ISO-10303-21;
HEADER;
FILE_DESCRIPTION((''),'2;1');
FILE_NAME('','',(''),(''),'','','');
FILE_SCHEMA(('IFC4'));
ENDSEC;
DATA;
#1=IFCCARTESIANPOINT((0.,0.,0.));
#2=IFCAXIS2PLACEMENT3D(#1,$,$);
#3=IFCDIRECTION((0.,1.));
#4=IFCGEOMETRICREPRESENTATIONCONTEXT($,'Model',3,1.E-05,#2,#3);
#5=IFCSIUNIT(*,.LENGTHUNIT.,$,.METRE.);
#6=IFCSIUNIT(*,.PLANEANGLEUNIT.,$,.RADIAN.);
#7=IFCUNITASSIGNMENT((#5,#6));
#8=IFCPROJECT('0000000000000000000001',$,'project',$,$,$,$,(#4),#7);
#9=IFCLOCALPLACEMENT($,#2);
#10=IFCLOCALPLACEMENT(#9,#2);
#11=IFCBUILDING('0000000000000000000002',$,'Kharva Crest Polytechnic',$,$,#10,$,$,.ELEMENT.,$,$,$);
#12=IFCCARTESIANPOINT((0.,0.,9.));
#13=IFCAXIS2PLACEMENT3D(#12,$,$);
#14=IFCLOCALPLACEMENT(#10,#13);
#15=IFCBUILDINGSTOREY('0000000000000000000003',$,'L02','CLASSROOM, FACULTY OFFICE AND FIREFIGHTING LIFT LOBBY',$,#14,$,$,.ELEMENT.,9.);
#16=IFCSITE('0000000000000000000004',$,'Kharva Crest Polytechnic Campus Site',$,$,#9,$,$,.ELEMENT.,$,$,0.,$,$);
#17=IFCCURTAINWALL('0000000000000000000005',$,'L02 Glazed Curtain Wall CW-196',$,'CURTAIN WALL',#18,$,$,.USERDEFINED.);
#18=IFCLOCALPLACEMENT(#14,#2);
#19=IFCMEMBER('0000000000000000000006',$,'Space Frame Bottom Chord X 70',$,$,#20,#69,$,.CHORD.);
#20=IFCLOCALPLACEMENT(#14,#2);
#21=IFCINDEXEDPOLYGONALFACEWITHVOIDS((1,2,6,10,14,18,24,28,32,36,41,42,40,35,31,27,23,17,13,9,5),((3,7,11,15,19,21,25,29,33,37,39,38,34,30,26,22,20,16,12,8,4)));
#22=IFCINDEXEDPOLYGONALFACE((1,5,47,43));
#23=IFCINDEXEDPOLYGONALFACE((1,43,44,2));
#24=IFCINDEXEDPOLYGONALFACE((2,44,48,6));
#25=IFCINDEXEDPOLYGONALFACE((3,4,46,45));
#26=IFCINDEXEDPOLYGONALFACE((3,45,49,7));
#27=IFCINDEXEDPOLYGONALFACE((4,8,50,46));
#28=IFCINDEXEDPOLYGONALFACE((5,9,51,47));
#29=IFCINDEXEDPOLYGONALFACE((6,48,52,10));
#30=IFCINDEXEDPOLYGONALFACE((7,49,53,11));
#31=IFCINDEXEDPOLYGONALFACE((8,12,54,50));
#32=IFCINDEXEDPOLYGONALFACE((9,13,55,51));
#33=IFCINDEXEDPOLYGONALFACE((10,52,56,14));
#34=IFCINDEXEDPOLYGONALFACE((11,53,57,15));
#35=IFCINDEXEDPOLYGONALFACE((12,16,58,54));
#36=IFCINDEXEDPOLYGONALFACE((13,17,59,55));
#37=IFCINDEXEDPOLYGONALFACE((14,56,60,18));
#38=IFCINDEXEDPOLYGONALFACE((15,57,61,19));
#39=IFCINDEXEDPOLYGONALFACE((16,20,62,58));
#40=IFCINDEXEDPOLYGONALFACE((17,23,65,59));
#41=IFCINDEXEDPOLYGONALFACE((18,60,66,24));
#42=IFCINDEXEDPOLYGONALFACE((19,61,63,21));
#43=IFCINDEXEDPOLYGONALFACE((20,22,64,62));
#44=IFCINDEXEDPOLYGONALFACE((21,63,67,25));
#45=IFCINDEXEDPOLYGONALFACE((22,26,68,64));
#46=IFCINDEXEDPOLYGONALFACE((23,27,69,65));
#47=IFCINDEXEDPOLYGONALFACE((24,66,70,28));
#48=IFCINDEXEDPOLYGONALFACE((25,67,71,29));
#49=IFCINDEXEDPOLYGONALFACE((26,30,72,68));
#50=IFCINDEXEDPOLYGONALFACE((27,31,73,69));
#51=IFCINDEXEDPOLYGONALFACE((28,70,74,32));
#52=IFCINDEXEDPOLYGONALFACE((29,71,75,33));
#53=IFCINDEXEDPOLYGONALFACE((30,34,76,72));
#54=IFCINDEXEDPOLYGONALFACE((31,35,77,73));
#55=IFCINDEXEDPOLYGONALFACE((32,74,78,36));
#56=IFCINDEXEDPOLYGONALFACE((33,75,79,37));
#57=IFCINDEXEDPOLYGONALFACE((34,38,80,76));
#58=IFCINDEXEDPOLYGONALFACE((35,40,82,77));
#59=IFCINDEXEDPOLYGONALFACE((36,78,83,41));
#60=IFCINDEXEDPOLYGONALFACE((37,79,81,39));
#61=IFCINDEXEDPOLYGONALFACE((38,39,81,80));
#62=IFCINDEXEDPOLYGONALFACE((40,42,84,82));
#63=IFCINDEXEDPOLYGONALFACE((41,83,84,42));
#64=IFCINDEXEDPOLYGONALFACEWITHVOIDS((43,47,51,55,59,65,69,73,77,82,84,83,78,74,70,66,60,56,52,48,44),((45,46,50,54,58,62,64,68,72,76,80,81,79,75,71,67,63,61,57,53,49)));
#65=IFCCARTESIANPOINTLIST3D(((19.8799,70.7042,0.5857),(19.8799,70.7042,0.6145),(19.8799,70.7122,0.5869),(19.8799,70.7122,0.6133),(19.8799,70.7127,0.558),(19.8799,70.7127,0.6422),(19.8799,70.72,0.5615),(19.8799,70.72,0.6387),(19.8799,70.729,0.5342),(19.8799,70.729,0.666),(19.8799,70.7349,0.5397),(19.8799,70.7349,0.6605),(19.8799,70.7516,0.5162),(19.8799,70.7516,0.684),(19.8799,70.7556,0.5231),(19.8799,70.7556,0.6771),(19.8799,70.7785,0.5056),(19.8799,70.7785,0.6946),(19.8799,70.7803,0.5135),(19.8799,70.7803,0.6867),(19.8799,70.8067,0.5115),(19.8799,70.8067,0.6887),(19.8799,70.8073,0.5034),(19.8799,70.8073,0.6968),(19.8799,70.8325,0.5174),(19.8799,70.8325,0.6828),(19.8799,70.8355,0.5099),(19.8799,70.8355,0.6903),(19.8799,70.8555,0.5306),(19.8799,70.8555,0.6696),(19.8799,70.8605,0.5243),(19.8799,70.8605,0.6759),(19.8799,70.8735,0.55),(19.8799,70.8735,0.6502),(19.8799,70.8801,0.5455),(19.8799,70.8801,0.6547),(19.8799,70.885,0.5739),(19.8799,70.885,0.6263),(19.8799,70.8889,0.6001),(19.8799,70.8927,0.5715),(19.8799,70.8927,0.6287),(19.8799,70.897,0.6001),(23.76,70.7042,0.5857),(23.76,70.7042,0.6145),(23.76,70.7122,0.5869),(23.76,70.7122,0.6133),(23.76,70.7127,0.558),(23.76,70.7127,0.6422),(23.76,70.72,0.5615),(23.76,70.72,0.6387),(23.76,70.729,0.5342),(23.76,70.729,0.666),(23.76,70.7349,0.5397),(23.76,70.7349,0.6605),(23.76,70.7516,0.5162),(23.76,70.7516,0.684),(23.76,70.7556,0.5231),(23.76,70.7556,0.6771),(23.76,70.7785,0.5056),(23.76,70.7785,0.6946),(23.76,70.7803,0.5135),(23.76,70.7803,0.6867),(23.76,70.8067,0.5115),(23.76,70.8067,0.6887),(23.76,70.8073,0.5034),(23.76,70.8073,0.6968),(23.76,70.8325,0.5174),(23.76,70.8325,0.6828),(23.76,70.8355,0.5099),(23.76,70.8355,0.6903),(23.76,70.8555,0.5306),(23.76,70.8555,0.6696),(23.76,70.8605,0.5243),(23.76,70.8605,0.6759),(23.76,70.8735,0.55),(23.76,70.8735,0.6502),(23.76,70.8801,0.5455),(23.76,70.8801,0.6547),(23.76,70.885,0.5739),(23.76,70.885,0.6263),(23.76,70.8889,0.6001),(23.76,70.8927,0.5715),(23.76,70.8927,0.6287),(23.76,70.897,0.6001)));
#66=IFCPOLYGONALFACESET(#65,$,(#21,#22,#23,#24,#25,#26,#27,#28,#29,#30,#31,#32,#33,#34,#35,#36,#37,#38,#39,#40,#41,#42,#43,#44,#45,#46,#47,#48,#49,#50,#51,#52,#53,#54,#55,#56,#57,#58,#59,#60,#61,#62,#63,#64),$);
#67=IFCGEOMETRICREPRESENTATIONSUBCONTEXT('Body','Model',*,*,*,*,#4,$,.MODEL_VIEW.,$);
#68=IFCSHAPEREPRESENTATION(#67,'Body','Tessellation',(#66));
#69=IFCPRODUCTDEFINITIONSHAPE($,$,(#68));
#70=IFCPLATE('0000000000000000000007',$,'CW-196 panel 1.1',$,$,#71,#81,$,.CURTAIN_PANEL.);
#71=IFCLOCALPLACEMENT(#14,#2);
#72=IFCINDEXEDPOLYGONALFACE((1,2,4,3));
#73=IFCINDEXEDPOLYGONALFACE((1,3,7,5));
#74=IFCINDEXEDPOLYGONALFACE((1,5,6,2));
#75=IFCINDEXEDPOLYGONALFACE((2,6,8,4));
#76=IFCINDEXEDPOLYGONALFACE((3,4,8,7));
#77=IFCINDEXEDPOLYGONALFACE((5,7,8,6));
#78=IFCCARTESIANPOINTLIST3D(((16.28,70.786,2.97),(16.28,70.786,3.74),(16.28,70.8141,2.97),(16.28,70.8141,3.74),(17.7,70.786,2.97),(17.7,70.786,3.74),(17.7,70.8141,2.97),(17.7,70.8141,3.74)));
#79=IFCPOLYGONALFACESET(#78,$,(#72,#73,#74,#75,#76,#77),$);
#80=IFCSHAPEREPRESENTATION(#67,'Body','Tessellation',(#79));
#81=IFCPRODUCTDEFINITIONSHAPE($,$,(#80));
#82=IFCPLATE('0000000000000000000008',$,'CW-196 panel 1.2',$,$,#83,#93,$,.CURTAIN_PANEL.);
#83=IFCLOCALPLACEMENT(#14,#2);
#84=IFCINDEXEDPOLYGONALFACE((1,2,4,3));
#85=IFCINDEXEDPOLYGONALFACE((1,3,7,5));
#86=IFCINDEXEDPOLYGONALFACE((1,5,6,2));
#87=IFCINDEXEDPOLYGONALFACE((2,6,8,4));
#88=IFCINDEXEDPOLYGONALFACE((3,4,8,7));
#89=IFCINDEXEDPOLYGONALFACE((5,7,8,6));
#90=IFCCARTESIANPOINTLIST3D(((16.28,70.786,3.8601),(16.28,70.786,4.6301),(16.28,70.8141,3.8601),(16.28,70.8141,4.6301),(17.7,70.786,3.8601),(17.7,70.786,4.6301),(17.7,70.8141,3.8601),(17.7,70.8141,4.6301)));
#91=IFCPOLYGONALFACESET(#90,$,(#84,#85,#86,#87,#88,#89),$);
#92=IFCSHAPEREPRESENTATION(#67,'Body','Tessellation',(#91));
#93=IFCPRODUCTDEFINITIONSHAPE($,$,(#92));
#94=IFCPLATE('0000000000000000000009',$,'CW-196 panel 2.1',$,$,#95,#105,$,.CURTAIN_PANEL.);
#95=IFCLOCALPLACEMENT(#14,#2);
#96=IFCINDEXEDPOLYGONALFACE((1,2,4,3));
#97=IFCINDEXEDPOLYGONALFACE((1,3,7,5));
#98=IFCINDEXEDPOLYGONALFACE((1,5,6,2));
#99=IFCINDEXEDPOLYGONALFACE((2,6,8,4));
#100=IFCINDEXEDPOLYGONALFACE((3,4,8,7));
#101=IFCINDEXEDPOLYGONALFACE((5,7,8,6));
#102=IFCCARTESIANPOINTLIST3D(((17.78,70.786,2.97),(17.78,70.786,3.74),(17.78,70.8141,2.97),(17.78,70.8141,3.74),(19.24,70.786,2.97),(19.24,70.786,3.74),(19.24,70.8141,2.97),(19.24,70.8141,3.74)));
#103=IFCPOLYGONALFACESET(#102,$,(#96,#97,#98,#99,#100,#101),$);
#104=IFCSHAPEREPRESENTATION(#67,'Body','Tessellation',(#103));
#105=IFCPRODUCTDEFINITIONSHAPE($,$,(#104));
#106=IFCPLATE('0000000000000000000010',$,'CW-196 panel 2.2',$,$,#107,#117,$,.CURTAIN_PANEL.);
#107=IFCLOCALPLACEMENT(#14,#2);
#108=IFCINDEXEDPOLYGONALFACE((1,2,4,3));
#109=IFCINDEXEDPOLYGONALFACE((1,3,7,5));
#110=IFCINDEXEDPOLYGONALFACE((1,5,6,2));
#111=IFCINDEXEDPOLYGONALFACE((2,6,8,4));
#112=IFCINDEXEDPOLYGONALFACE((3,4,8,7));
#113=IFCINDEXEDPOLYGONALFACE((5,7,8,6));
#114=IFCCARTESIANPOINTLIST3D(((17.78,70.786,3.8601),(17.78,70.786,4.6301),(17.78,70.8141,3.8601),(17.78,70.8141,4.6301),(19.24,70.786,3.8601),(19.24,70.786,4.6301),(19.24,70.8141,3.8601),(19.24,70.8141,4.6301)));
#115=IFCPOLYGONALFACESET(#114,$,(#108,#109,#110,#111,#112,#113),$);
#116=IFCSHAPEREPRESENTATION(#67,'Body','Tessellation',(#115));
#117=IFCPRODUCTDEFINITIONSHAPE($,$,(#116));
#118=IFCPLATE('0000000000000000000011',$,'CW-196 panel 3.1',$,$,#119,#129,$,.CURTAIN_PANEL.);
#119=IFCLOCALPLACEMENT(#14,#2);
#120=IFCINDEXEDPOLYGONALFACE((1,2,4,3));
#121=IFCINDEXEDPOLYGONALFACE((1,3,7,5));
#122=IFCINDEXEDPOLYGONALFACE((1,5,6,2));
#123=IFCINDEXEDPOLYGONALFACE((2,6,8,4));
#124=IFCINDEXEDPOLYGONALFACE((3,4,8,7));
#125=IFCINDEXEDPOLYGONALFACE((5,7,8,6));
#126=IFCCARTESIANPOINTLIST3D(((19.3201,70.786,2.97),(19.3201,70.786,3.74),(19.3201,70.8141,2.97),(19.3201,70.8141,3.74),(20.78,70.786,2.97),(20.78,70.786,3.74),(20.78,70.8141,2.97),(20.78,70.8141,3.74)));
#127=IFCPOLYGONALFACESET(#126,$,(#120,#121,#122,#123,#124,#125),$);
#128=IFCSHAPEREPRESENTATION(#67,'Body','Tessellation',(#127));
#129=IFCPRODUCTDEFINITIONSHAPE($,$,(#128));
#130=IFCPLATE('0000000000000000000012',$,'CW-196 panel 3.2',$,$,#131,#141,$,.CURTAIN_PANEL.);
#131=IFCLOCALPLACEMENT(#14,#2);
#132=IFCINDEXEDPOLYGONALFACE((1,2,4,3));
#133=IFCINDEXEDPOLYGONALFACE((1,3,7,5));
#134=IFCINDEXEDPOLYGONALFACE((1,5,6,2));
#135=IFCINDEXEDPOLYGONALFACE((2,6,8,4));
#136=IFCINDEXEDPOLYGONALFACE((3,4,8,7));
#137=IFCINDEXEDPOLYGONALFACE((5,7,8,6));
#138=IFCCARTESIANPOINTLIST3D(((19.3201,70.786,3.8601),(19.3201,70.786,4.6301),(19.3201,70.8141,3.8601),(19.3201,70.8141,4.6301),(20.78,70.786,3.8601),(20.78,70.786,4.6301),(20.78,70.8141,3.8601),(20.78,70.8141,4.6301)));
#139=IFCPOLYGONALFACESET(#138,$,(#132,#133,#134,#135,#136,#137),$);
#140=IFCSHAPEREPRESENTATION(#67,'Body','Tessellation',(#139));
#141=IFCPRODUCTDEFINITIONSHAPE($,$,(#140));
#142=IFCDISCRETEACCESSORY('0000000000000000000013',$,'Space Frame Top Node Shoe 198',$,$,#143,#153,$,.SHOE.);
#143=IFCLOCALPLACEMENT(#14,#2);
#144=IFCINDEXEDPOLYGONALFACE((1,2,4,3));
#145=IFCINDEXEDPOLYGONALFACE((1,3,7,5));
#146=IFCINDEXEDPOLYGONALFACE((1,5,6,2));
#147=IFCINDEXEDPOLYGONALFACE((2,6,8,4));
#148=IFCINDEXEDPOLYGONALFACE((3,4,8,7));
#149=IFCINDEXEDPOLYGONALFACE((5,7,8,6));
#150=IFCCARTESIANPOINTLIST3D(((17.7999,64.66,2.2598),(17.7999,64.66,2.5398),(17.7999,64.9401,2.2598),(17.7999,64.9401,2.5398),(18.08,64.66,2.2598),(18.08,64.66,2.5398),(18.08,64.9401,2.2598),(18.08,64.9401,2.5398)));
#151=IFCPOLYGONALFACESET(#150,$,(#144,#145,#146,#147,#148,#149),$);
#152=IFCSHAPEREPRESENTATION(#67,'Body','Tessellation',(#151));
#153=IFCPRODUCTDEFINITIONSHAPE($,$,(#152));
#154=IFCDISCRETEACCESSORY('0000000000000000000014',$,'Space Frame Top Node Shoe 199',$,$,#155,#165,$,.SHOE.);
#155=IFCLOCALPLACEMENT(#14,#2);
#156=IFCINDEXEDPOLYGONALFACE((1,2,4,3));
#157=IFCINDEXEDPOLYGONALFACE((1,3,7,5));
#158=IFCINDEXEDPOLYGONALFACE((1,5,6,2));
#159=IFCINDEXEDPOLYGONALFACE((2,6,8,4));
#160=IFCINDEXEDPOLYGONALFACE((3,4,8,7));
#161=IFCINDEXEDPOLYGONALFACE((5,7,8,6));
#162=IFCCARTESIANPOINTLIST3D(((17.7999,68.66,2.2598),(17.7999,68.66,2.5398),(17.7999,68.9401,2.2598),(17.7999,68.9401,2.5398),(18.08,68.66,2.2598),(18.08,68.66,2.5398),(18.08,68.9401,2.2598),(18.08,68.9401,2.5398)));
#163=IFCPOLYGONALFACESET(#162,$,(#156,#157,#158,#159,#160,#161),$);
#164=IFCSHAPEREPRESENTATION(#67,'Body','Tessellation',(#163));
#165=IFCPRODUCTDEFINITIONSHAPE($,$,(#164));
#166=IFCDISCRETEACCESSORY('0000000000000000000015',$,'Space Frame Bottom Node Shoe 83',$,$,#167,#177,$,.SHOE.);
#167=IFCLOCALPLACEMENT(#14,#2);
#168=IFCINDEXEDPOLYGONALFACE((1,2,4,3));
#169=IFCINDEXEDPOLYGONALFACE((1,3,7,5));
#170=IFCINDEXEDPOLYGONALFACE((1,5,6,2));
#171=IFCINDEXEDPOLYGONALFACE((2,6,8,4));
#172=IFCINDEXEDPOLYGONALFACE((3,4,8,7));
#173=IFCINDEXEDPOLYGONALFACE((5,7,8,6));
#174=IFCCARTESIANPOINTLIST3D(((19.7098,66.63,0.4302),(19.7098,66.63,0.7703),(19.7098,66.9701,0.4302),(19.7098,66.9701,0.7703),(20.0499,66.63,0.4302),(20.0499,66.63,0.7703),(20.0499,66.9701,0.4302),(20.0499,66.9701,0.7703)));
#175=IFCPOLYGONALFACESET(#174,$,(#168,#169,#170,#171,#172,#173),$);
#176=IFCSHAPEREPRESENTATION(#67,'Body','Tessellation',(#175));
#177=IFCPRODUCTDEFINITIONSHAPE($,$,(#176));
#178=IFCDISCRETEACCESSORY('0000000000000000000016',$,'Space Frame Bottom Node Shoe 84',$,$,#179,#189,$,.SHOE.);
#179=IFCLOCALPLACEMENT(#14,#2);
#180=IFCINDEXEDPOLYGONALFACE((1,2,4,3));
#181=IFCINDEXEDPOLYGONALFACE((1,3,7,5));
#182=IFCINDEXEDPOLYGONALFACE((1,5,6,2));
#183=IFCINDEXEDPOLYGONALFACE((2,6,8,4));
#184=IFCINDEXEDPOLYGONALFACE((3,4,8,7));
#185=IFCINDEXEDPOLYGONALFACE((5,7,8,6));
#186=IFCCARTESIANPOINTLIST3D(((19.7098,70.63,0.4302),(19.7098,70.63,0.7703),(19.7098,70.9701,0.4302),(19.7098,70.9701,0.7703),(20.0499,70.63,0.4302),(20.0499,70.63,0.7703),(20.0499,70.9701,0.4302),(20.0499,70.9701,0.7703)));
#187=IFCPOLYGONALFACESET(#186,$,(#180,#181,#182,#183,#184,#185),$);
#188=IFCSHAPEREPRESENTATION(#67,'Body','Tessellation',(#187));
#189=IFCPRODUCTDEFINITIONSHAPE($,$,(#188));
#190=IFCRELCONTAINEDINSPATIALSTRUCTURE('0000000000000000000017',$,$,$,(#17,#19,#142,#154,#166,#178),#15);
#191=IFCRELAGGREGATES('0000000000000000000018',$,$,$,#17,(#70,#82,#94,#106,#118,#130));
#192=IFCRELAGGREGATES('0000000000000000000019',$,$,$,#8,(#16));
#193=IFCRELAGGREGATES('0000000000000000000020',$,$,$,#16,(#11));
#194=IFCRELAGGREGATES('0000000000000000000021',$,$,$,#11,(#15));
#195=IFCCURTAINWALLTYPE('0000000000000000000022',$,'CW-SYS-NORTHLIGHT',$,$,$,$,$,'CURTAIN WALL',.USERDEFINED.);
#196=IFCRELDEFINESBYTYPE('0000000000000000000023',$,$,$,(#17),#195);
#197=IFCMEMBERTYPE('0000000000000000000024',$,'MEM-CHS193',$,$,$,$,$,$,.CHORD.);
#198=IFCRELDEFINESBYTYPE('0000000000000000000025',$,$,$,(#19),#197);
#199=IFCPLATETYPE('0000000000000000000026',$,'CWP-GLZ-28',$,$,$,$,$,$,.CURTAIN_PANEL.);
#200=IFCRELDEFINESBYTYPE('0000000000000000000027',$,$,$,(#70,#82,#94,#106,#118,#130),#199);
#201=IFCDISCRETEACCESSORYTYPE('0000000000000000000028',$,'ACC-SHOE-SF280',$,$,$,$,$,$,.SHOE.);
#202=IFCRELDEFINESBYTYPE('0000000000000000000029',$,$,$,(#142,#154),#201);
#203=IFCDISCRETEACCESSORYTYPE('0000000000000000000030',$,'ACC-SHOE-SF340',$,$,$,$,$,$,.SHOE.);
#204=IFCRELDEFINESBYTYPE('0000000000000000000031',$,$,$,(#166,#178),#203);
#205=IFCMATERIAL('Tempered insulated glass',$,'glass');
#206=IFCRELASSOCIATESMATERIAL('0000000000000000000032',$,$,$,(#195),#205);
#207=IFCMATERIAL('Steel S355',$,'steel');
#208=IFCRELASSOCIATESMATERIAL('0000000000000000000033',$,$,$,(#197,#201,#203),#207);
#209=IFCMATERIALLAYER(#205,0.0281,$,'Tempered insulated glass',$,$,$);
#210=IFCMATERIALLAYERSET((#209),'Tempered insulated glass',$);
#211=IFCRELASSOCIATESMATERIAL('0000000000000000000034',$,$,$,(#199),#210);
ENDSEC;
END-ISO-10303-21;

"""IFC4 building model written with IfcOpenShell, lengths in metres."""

from ifc_helpers import new_model, si_unit, direction, frame, origin, origin_2d, place, context, subcontext, project, spatial, rectangle, hollow_circle, extrude, material, layer, layer_set, material_profile, profile_set, type_object, element, aggregate, save


model = new_model("IFC4")

# Units and contexts
model_context = context("Model", 3, precision=1e-05, world=origin(), true_north=direction((0.0, 1.0)))
body_context = subcontext(model_context, "Body", "Model", "MODEL_VIEW")
ifc_project = project(units=[si_unit("LENGTHUNIT", "METRE"), si_unit("PLANEANGLEUNIT", "RADIAN")], contexts=[model_context])

# Site, building, storey
site_placement = place(None, origin())
site = spatial("IfcSite", under=ifc_project, at=site_placement, Name="Kharva Crest Polytechnic Campus Site", CompositionType="ELEMENT", RefElevation=0.0)
building_placement = place(site_placement, origin())
building = spatial("IfcBuilding", under=site, at=building_placement, Name="Kharva Crest Polytechnic", CompositionType="ELEMENT")
storey_placement = place(building_placement, frame((0.0, 0.0, 9.0)))
storey = spatial("IfcBuildingStorey", under=building, at=storey_placement, Name="L02", Description="CLASSROOM, FACULTY OFFICE AND FIREFIGHTING LIFT LOBBY", CompositionType="ELEMENT", Elevation=9.0)

# Curtain wall
ifc_material_1 = material(Name="Tempered insulated glass", Category="glass")
curtain_wall_type = type_object("IfcCurtainWallType", Name="CW-SYS-NORTHLIGHT", ElementType="CURTAIN WALL", PredefinedType="USERDEFINED", material=ifc_material_1)
curtain_wall_placement = place(storey_placement, origin())
curtain_wall = element("IfcCurtainWall", 1, at=curtain_wall_placement, inside=storey, type_object=curtain_wall_type, Name="L02 Glazed Curtain Wall CW-196", ObjectType="CURTAIN WALL", PredefinedType="USERDEFINED")
ifc_material_2 = material(Name="Steel S355", Category="steel")

# Member
ifc_material_profile_1 = material_profile(ifc_material_2, hollow_circle(Radius=0.0969, WallThickness=0.0081, at=origin_2d()), Name="CHS 193.7X8.0")
ifc_profile_set_1 = profile_set([ifc_material_profile_1], Name="Steel S355")
member_type_1 = type_object("IfcMemberType", Name="MEM-CHS193", PredefinedType="CHORD", material=ifc_profile_set_1)
for number, where, z_axis, x_axis, name in (
    (2, (19.8799, 70.8, 0.6001), (1.0, 0.0, 0.0), (0.0, 1.0, 0.0), "Space Frame Bottom Chord X 70"),
):
    element("IfcMember", number, at=place(storey_placement, frame(where, z_axis=z_axis, x_axis=x_axis)), inside=storey, type_object=member_type_1, Name=name, PredefinedType="CHORD", context=body_context, shape_type="SweptSolid", body=[
        extrude(hollow_circle(Radius=0.0969, WallThickness=0.0081, at=origin_2d()), origin(), (0.0, 0.0, 1.0), 3.8801),
    ])

# Plates
ifc_layer = layer(ifc_material_1, 0.0281, Name="Tempered insulated glass")
ifc_layer_set = layer_set([ifc_layer], Name="Tempered insulated glass")
plate_type = type_object("IfcPlateType", Name="CWP-GLZ-28", PredefinedType="CURTAIN_PANEL", material=ifc_layer_set)
plate_1_placement = place(storey_placement, frame((16.99, 70.8, 2.97), z_axis=(0.0, 0.0, 1.0), x_axis=(1.0, 0.0, 0.0)))
plate_1 = element("IfcPlate", 3, at=plate_1_placement, type_object=plate_type, Name="CW-196 panel 1.1", PredefinedType="CURTAIN_PANEL", context=body_context, shape_type="SweptSolid", body=[
    extrude(rectangle(XDim=1.4199, YDim=0.0281, at=origin_2d()), origin(), (0.0, 0.0, 1.0), 0.77),
])
plate_2_placement = place(storey_placement, frame((16.99, 70.8, 3.8601), z_axis=(0.0, 0.0, 1.0), x_axis=(1.0, 0.0, 0.0)))
plate_2 = element("IfcPlate", 4, at=plate_2_placement, type_object=plate_type, Name="CW-196 panel 1.2", PredefinedType="CURTAIN_PANEL", context=body_context, shape_type="SweptSolid", body=[
    extrude(rectangle(XDim=1.4199, YDim=0.0281, at=origin_2d()), origin(), (0.0, 0.0, 1.0), 0.77),
])
plate_3_placement = place(storey_placement, frame((18.51, 70.8, 2.97), z_axis=(0.0, 0.0, 1.0), x_axis=(1.0, 0.0, 0.0)))
plate_3 = element("IfcPlate", 5, at=plate_3_placement, type_object=plate_type, Name="CW-196 panel 2.1", PredefinedType="CURTAIN_PANEL", context=body_context, shape_type="SweptSolid", body=[
    extrude(rectangle(XDim=1.46, YDim=0.0281, at=origin_2d()), origin(), (0.0, 0.0, 1.0), 0.77),
])
plate_4_placement = place(storey_placement, frame((18.51, 70.8, 3.8601), z_axis=(0.0, 0.0, 1.0), x_axis=(1.0, 0.0, 0.0)))
plate_4 = element("IfcPlate", 6, at=plate_4_placement, type_object=plate_type, Name="CW-196 panel 2.2", PredefinedType="CURTAIN_PANEL", context=body_context, shape_type="SweptSolid", body=[
    extrude(rectangle(XDim=1.46, YDim=0.0281, at=origin_2d()), origin(), (0.0, 0.0, 1.0), 0.77),
])
plate_5_placement = place(storey_placement, frame((20.05, 70.8, 2.97), z_axis=(0.0, 0.0, 1.0), x_axis=(1.0, 0.0, 0.0)))
plate_5 = element("IfcPlate", 7, at=plate_5_placement, type_object=plate_type, Name="CW-196 panel 3.1", PredefinedType="CURTAIN_PANEL", context=body_context, shape_type="SweptSolid", body=[
    extrude(rectangle(XDim=1.46, YDim=0.0281, at=origin_2d()), origin(), (0.0, 0.0, 1.0), 0.77),
])
plate_6_placement = place(storey_placement, frame((20.05, 70.8, 3.8601), z_axis=(0.0, 0.0, 1.0), x_axis=(1.0, 0.0, 0.0)))
plate_6 = element("IfcPlate", 8, at=plate_6_placement, type_object=plate_type, Name="CW-196 panel 3.2", PredefinedType="CURTAIN_PANEL", context=body_context, shape_type="SweptSolid", body=[
    extrude(rectangle(XDim=1.46, YDim=0.0281, at=origin_2d()), origin(), (0.0, 0.0, 1.0), 0.77),
])
aggregate(curtain_wall, [plate_1, plate_2, plate_3, plate_4, plate_5, plate_6])

# Discrete accessories
discrete_accessory_type_1 = type_object("IfcDiscreteAccessoryType", Name="ACC-SHOE-SF280", PredefinedType="SHOE", material=ifc_material_2)
for number, where, z_axis, x_axis, name in (
    (9, (17.9399, 64.8, 2.2598), (0.0, 0.0, 1.0), (1.0, 0.0, 0.0), "Space Frame Top Node Shoe 198"),
    (10, (17.9399, 68.8, 2.2598), (0.0, 0.0, 1.0), (1.0, 0.0, 0.0), "Space Frame Top Node Shoe 199"),
):
    element("IfcDiscreteAccessory", number, at=place(storey_placement, frame(where, z_axis=z_axis, x_axis=x_axis)), inside=storey, type_object=discrete_accessory_type_1, Name=name, PredefinedType="SHOE", context=body_context, shape_type="SweptSolid", body=[
        extrude(rectangle(XDim=0.28, YDim=0.28, at=origin_2d()), origin(), (0.0, 0.0, 1.0), 0.28),
    ])
discrete_accessory_type_2 = type_object("IfcDiscreteAccessoryType", Name="ACC-SHOE-SF340", PredefinedType="SHOE", material=ifc_material_2)
for number, where, z_axis, x_axis, name in (
    (11, (19.8799, 66.8, 0.4302), (0.0, 0.0, 1.0), (1.0, 0.0, 0.0), "Space Frame Bottom Node Shoe 83"),
    (12, (19.8799, 70.8, 0.4302), (0.0, 0.0, 1.0), (1.0, 0.0, 0.0), "Space Frame Bottom Node Shoe 84"),
):
    element("IfcDiscreteAccessory", number, at=place(storey_placement, frame(where, z_axis=z_axis, x_axis=x_axis)), inside=storey, type_object=discrete_accessory_type_2, Name=name, PredefinedType="SHOE", context=body_context, shape_type="SweptSolid", body=[
        extrude(rectangle(XDim=0.3401, YDim=0.3401, at=origin_2d()), origin(), (0.0, 0.0, 1.0), 0.3401),
    ])

save(model, "model.ifc")
